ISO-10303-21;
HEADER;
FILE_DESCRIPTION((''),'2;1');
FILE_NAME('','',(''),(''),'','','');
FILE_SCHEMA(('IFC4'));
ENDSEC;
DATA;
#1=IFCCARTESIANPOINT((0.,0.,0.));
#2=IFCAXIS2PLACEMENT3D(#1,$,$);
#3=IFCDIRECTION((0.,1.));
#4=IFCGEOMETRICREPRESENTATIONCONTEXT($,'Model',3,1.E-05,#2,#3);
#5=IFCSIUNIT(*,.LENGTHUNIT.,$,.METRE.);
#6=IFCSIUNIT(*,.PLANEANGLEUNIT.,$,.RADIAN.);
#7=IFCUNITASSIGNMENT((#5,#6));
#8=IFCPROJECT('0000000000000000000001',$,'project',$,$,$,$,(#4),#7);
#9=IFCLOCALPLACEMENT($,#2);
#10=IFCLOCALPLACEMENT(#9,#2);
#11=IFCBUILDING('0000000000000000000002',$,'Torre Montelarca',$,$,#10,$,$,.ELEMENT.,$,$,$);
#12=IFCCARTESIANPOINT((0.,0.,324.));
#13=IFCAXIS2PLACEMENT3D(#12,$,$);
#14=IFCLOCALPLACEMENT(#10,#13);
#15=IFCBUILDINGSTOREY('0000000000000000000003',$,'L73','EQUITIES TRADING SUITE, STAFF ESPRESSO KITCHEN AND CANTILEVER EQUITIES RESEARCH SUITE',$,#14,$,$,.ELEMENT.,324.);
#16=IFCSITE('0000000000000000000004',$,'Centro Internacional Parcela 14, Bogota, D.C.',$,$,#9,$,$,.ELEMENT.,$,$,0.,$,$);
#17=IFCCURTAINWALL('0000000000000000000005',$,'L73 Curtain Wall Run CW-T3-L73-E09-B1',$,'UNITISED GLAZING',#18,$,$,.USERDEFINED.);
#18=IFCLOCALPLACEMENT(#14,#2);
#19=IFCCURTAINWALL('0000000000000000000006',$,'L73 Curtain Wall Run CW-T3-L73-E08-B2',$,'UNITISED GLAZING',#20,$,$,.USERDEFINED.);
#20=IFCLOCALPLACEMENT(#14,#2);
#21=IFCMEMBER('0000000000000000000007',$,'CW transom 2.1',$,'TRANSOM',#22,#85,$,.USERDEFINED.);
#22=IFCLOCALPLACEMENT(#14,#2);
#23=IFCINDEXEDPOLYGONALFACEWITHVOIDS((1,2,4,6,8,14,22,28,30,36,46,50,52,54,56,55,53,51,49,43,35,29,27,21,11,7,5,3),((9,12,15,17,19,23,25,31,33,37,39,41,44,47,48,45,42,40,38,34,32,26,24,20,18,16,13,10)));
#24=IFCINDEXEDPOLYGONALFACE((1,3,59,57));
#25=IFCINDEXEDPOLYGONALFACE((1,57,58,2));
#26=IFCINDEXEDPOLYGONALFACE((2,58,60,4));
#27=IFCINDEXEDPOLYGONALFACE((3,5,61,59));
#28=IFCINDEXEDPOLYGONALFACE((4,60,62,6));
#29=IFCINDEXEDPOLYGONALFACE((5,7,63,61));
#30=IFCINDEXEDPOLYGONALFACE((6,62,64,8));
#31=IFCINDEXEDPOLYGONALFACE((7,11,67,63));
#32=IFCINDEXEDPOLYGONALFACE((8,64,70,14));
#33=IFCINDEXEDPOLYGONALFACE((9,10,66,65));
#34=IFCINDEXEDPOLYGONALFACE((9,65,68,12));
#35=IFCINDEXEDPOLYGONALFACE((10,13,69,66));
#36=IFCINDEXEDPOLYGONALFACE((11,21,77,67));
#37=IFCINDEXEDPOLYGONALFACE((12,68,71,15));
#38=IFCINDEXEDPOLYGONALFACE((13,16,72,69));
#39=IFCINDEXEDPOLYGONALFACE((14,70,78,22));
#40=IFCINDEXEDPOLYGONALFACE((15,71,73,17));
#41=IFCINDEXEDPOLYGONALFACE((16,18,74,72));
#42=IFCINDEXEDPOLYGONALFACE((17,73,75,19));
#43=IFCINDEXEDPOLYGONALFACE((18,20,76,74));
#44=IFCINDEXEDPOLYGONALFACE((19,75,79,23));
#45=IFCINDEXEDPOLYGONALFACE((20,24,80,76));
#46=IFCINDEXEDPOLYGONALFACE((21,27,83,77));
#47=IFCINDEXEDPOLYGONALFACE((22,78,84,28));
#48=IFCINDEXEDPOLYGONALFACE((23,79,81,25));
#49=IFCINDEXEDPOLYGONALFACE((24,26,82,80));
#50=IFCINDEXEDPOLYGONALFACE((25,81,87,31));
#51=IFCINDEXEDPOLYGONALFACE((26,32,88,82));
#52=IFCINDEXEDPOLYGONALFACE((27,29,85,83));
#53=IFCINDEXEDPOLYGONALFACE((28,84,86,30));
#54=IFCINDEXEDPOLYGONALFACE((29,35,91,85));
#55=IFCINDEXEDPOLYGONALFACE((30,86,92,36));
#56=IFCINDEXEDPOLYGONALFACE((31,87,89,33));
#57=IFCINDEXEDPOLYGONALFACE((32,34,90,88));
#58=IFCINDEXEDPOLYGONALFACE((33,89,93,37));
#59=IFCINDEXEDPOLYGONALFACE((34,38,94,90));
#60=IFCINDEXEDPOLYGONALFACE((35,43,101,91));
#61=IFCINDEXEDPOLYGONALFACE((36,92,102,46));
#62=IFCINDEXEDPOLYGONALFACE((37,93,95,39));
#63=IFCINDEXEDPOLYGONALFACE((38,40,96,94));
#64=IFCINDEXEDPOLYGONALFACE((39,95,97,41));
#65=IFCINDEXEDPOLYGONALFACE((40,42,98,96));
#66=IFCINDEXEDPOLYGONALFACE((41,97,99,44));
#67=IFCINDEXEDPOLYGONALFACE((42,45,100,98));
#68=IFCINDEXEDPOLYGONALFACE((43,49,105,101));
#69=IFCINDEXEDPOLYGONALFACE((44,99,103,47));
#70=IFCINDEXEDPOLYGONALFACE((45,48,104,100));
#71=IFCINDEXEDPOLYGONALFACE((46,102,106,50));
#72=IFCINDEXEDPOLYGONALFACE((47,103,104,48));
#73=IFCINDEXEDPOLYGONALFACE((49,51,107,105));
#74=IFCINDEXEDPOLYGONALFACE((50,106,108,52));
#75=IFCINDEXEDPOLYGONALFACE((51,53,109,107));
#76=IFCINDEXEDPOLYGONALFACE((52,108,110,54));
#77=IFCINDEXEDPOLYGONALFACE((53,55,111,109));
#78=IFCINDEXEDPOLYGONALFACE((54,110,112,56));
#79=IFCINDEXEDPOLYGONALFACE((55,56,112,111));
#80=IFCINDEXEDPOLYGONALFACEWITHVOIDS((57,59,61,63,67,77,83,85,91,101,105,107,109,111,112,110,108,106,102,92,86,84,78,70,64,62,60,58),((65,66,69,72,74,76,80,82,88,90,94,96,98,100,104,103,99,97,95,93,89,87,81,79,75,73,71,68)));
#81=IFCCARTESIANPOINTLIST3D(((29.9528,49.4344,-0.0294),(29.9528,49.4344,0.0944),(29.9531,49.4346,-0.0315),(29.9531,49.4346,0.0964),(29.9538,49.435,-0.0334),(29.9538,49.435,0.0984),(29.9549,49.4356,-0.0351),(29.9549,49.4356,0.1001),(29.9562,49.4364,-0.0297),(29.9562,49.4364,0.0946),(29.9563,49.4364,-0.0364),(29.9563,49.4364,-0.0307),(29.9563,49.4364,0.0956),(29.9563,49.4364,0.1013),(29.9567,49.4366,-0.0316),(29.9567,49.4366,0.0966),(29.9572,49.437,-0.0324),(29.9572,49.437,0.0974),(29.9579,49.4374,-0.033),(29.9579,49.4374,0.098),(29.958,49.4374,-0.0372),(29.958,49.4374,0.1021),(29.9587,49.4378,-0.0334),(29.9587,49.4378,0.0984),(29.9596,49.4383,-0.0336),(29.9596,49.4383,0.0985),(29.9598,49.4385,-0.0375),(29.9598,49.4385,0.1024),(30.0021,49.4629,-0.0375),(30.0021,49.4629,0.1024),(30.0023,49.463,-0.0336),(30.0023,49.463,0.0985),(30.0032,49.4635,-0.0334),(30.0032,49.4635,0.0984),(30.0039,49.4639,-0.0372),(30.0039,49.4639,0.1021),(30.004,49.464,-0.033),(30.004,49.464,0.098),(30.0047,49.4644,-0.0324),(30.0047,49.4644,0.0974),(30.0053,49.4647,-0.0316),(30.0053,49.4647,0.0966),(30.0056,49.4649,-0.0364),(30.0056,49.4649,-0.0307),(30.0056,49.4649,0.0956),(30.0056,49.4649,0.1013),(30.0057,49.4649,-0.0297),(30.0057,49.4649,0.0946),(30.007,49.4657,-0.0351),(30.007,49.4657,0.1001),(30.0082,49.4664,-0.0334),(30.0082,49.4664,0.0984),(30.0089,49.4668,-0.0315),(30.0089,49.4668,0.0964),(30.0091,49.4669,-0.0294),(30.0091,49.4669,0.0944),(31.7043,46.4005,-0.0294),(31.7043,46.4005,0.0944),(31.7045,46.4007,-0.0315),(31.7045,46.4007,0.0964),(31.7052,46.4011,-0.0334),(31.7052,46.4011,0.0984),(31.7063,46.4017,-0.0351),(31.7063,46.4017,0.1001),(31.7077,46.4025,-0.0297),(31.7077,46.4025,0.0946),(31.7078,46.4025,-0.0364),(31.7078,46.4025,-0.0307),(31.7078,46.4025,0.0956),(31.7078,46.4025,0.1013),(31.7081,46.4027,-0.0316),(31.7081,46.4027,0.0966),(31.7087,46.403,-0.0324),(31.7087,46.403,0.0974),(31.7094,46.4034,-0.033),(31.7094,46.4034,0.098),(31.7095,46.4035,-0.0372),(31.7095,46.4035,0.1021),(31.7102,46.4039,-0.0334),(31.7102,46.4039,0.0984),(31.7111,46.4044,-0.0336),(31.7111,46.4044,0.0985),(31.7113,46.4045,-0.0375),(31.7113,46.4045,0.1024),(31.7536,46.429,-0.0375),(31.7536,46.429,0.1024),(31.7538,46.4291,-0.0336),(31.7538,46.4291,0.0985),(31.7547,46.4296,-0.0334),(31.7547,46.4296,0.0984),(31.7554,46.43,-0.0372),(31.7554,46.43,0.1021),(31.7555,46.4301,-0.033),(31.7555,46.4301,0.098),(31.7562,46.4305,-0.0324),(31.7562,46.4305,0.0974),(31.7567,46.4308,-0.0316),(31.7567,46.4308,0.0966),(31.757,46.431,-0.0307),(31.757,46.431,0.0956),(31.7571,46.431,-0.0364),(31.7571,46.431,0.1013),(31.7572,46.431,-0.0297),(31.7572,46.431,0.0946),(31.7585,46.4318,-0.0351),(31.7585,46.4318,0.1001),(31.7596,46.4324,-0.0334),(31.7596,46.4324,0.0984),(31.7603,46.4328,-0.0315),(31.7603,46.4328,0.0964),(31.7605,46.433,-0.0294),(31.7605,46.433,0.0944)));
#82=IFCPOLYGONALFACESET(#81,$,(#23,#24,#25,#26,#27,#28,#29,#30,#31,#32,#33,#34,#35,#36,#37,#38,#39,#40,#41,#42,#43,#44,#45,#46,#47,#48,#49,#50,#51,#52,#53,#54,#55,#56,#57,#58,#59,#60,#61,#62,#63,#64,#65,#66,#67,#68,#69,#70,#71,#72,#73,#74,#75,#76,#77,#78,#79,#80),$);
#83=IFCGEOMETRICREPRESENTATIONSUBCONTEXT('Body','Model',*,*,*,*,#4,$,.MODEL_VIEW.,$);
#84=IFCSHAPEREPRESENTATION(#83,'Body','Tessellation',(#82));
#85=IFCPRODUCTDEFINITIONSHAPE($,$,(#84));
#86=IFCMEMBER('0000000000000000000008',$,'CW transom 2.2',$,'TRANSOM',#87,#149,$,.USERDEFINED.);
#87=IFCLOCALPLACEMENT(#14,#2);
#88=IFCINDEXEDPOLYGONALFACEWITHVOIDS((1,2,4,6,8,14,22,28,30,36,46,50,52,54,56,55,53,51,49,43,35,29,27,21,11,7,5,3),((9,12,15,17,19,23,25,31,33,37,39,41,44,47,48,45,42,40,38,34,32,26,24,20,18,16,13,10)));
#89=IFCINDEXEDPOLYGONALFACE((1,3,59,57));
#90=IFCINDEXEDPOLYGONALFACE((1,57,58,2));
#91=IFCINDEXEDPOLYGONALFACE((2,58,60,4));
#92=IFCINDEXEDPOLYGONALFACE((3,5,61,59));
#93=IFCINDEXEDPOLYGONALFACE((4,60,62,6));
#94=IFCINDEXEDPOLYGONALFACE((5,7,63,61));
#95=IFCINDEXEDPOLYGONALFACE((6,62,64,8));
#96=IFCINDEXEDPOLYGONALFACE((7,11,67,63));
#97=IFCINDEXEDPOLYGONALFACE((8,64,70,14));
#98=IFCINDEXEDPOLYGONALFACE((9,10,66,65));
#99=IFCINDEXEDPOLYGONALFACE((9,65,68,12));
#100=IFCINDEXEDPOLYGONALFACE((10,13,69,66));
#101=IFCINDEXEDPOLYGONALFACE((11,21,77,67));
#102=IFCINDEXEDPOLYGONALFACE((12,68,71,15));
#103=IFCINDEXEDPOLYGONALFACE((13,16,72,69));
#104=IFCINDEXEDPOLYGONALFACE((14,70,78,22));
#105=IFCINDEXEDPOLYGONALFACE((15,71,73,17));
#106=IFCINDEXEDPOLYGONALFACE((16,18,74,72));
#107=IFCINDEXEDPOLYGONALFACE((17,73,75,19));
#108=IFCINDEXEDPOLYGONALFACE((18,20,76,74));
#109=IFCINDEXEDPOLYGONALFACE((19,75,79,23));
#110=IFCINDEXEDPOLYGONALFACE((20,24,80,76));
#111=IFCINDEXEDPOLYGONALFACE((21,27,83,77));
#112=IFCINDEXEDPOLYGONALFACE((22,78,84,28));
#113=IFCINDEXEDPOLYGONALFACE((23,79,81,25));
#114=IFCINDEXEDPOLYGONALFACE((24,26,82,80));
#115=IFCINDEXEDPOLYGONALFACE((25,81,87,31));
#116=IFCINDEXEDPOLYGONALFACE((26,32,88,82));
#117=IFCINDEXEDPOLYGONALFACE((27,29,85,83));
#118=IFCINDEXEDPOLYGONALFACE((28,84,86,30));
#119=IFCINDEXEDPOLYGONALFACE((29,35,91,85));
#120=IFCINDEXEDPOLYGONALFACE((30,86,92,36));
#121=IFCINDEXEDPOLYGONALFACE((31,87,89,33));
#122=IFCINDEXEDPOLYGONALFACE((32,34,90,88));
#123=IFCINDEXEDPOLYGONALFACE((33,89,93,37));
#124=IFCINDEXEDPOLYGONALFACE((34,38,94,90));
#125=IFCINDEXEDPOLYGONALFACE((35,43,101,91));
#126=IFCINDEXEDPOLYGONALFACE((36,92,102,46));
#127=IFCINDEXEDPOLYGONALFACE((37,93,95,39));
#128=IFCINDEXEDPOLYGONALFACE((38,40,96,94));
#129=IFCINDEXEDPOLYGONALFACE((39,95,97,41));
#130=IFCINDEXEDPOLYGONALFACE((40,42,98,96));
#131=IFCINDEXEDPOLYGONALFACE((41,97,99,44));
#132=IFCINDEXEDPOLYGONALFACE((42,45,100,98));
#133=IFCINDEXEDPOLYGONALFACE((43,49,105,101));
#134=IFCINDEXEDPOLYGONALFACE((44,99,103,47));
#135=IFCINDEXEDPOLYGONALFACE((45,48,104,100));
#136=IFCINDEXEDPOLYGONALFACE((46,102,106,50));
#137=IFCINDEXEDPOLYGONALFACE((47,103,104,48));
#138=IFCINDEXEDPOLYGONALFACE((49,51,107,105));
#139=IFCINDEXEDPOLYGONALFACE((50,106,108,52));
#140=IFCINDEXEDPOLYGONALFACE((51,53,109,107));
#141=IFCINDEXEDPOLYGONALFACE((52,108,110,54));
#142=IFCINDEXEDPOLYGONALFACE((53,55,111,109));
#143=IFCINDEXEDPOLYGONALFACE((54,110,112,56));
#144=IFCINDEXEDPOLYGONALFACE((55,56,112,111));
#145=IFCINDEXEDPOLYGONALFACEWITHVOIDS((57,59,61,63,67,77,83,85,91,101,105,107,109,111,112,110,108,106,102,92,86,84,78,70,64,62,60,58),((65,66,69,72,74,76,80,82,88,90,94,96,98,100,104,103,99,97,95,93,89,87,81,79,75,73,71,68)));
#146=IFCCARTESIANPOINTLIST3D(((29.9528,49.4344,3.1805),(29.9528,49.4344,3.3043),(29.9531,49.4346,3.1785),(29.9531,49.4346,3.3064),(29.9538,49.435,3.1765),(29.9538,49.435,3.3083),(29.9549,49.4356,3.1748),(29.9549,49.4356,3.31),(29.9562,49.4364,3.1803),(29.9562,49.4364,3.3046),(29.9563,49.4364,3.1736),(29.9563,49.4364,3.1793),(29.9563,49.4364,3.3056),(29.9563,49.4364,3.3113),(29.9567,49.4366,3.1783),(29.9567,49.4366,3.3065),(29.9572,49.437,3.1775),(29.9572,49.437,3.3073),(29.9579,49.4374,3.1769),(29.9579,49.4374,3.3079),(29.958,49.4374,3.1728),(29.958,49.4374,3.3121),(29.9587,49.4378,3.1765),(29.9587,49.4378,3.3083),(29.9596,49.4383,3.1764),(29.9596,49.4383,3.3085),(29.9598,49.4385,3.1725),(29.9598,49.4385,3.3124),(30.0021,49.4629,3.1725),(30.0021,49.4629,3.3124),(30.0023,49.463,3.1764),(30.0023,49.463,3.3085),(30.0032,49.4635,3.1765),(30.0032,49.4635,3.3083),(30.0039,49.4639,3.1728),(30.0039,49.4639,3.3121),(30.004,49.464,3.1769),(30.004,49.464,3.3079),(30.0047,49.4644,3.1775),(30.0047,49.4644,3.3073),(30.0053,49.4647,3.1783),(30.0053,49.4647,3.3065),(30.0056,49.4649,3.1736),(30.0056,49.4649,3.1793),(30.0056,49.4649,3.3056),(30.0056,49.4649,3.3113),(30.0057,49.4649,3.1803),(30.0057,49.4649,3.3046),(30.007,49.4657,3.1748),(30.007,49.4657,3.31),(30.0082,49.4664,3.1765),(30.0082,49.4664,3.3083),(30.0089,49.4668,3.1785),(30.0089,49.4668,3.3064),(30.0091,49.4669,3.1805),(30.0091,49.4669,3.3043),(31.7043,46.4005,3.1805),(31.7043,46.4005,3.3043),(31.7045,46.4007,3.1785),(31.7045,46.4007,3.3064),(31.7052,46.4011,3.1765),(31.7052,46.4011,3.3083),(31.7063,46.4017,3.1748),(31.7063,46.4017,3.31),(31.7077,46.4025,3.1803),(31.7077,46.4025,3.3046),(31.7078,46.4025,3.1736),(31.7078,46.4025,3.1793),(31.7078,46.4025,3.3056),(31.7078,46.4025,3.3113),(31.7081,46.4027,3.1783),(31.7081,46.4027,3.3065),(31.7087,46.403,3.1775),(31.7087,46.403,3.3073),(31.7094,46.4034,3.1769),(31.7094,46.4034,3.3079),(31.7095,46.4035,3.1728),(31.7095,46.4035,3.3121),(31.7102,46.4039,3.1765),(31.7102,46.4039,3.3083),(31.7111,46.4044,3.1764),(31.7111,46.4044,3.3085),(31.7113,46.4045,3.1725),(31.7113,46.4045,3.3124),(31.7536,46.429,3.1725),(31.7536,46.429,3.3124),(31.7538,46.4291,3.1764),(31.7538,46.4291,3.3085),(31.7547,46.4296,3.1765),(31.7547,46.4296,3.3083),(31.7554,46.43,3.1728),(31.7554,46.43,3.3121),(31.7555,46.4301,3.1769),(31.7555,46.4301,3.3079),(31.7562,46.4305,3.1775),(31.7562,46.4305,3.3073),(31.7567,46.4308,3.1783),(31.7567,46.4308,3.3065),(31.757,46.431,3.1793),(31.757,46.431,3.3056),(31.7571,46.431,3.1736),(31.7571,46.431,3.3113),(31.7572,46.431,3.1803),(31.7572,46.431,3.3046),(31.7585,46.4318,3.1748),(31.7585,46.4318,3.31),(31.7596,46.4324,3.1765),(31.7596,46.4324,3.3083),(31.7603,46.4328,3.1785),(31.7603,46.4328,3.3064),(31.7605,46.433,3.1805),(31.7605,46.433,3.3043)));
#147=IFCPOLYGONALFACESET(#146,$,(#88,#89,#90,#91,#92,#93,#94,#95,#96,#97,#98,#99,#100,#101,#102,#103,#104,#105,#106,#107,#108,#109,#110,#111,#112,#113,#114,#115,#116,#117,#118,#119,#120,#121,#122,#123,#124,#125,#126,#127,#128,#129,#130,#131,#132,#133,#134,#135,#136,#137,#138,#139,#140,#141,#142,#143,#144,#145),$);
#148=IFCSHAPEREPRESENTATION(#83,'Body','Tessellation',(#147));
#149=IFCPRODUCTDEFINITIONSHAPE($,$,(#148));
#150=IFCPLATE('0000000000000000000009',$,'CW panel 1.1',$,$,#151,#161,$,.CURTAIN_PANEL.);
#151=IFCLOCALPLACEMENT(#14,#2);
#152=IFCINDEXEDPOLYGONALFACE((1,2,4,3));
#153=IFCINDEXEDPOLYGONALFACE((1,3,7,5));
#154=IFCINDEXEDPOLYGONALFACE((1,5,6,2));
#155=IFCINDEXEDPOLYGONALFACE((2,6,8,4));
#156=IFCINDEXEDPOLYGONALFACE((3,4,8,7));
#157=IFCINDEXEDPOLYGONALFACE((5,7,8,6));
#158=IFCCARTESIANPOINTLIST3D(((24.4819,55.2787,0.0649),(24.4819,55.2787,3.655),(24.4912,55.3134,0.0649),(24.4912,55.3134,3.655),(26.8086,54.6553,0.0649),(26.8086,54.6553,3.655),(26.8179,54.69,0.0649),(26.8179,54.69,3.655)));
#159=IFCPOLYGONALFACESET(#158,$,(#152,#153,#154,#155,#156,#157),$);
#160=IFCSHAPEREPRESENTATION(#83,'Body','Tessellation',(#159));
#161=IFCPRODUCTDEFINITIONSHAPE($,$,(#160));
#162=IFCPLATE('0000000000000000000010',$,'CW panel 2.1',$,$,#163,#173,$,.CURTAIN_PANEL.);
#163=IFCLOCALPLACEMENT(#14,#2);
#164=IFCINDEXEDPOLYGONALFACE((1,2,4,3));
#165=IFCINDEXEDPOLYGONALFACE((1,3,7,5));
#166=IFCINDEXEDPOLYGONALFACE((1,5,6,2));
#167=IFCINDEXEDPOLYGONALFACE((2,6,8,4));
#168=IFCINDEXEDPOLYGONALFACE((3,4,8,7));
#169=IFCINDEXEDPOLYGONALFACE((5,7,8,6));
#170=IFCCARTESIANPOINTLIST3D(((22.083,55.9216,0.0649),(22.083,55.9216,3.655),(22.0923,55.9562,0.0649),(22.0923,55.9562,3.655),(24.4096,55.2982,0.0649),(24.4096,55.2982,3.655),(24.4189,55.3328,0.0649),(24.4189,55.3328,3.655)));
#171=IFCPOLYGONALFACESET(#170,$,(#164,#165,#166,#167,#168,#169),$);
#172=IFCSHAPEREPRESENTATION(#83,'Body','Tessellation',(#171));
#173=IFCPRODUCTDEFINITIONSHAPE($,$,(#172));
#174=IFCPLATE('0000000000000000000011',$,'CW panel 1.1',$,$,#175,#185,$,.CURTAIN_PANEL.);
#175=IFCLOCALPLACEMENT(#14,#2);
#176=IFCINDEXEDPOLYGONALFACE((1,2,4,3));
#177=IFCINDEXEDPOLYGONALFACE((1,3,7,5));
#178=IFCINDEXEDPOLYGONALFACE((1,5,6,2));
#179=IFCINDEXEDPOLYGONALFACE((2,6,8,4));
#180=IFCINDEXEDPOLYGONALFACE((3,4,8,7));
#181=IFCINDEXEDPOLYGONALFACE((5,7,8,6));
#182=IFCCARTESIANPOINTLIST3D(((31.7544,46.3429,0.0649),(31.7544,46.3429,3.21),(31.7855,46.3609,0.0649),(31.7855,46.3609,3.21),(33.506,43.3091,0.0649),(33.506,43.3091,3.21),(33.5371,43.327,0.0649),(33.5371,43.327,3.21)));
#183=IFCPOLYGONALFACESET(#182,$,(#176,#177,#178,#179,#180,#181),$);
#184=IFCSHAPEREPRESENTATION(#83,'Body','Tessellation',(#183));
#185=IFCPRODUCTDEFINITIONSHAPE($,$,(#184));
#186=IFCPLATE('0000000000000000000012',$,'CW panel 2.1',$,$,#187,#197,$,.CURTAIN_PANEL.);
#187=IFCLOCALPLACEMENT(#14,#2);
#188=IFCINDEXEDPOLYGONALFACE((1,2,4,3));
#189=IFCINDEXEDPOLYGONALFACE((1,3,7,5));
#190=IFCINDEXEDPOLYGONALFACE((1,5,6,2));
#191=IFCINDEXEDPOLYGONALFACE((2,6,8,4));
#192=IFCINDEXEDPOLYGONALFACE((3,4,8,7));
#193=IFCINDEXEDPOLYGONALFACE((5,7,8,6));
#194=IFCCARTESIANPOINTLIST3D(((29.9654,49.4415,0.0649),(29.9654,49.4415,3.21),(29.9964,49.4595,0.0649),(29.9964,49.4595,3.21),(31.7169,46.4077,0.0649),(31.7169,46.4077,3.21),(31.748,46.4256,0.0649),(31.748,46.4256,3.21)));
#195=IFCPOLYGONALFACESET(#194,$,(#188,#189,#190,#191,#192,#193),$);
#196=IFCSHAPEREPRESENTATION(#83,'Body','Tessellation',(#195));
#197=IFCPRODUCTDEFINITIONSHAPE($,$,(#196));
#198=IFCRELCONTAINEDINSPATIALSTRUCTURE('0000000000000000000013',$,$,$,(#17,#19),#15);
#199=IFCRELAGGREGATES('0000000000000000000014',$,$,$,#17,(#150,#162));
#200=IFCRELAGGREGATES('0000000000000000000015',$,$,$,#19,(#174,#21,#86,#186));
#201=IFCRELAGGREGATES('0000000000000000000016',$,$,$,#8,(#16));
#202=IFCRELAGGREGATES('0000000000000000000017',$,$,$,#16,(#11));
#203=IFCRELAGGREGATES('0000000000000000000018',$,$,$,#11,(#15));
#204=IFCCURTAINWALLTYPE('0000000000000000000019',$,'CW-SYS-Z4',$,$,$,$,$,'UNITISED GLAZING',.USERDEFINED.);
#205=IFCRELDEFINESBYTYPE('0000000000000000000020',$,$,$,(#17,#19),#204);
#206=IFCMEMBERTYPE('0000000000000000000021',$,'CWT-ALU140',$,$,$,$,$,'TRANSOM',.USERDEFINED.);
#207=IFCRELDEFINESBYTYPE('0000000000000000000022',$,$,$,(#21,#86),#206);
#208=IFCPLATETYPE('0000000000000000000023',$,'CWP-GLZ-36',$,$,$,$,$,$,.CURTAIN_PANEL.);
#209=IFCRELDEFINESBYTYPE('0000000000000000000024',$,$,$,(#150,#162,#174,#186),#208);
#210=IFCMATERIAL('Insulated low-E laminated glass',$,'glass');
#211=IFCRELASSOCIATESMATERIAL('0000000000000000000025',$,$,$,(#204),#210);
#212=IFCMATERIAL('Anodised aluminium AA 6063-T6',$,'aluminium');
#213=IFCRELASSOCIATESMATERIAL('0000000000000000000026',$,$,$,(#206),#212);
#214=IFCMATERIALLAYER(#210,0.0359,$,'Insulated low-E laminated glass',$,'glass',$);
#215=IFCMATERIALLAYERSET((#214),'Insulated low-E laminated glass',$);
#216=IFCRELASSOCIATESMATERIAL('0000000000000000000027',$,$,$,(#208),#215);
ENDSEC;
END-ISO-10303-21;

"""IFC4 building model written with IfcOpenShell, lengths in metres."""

from ifc_helpers import new_model, si_unit, direction, frame, origin, origin_2d, place, context, subcontext, project, spatial, rectangle, hollow_rectangle, extrude, source, transform, mapped, material, layer, layer_set, material_profile, profile_set, type_object, element, aggregate, save


model = new_model("IFC4")

# Units and contexts
model_context = context("Model", 3, precision=1e-05, world=origin(), true_north=direction((0.0, 1.0)))
body_context = subcontext(model_context, "Body", "Model", "MODEL_VIEW")
ifc_project = project(units=[si_unit("LENGTHUNIT", "METRE"), si_unit("PLANEANGLEUNIT", "RADIAN")], contexts=[model_context])

# Site, building, storey
site_placement = place(None, origin())
site = spatial("IfcSite", under=ifc_project, at=site_placement, Name="Centro Internacional Parcela 14, Bogota, D.C.", CompositionType="ELEMENT", RefElevation=0.0)
building_placement = place(site_placement, origin())
building = spatial("IfcBuilding", under=site, at=building_placement, Name="Torre Montelarca", CompositionType="ELEMENT")
storey_placement = place(building_placement, frame((0.0, 0.0, 324.0)))
storey = spatial("IfcBuildingStorey", under=building, at=storey_placement, Name="L73", Description="EQUITIES TRADING SUITE, STAFF ESPRESSO KITCHEN AND CANTILEVER EQUITIES RESEARCH SUITE", CompositionType="ELEMENT", Elevation=324.0)

# Curtain wall
ifc_material_1 = material(Name="Insulated low-E laminated glass", Category="glass")
curtain_wall_type = type_object("IfcCurtainWallType", Name="CW-SYS-Z4", ElementType="UNITISED GLAZING", PredefinedType="USERDEFINED", material=ifc_material_1)
curtain_wall_1_placement = place(storey_placement, origin())
curtain_wall_1 = element("IfcCurtainWall", 1, at=curtain_wall_1_placement, inside=storey, type_object=curtain_wall_type, Name="L73 Curtain Wall Run CW-T3-L73-E09-B1", ObjectType="UNITISED GLAZING", PredefinedType="USERDEFINED")
ifc_material_2 = material(Name="Anodised aluminium AA 6063-T6", Category="aluminium")

# Shared definitions
ifc_material_profile_1 = material_profile(ifc_material_2, hollow_rectangle(XDim=0.0649, YDim=0.1399, WallThickness=0.0039, InnerFilletRadius=0.0039, OuterFilletRadius=0.0081, at=origin_2d()), Name="ALU65X140X4", Category="aluminium")
ifc_profile_set_1 = profile_set([ifc_material_profile_1], Name="Anodised aluminium AA 6063-T6")
member_type_1 = type_object("IfcMemberType", Name="CWT-ALU140", ElementType="TRANSOM", PredefinedType="USERDEFINED", material=ifc_profile_set_1)

# Curtain wall, members
curtain_wall_2_placement = place(storey_placement, origin())
curtain_wall_2 = element("IfcCurtainWall", 2, at=curtain_wall_2_placement, inside=storey, type_object=curtain_wall_type, Name="L73 Curtain Wall Run CW-T3-L73-E08-B2", ObjectType="UNITISED GLAZING", PredefinedType="USERDEFINED")
shared_shape_1 = source(origin(), body_context, "Body", "SweptSolid", [
    extrude(hollow_rectangle(XDim=0.0649, YDim=0.1399, WallThickness=0.0039, InnerFilletRadius=0.0039, OuterFilletRadius=0.0081, at=origin_2d()), origin(), (0.0, 0.0, 1.0), 3.5032),
])
member_1_placement = place(storey_placement, frame((31.7324, 46.4167, 0.0325), z_axis=(-0.499962, 0.866047, 0.0), x_axis=(-0.866047, -0.499962, 0.0)))
member_1 = element("IfcMember", 3, at=member_1_placement, type_object=member_type_1, Name="CW transom 2.1", ObjectType="TRANSOM", PredefinedType="USERDEFINED", context=body_context, shape_type="MappedRepresentation", body=[
    mapped(shared_shape_1, transform((0.0, 0.0, 0.0), scale=1.0)),
])
member_2_placement = place(storey_placement, frame((31.7324, 46.4167, 3.2424), z_axis=(-0.499962, 0.866047, 0.0), x_axis=(-0.866047, -0.499962, 0.0)))
member_2 = element("IfcMember", 4, at=member_2_placement, type_object=member_type_1, Name="CW transom 2.2", ObjectType="TRANSOM", PredefinedType="USERDEFINED", context=body_context, shape_type="MappedRepresentation", body=[
    mapped(shared_shape_1, transform((0.0, 0.0, 0.0), scale=1.0)),
])

# Plates
ifc_layer_1 = layer(ifc_material_1, 0.0359, Name="Insulated low-E laminated glass", Category="glass")
ifc_layer_set_1 = layer_set([ifc_layer_1], Name="Insulated low-E laminated glass")
plate_type = type_object("IfcPlateType", Name="CWP-GLZ-36", PredefinedType="CURTAIN_PANEL", material=ifc_layer_set_1)
shared_shape_2 = source(origin(), body_context, "Body", "SweptSolid", [
    extrude(rectangle(XDim=2.4087, YDim=0.0359, at=origin_2d()), origin(), (0.0, 0.0, 1.0), 3.5901),
])
plate_1_placement = place(storey_placement, frame((25.6499, 54.9844, 0.0649), z_axis=(0.0, 0.0, 1.0), x_axis=(-0.965927, 0.258815, 0.0)))
plate_1 = element("IfcPlate", 5, at=plate_1_placement, type_object=plate_type, Name="CW panel 1.1", PredefinedType="CURTAIN_PANEL", context=body_context, shape_type="MappedRepresentation", body=[
    mapped(shared_shape_2, transform((0.0, 0.0, 0.0), scale=1.0)),
])
plate_2_placement = place(storey_placement, frame((23.251, 55.6272, 0.0649), z_axis=(0.0, 0.0, 1.0), x_axis=(-0.965927, 0.258815, 0.0)))
plate_2 = element("IfcPlate", 6, at=plate_2_placement, type_object=plate_type, Name="CW panel 2.1", PredefinedType="CURTAIN_PANEL", context=body_context, shape_type="MappedRepresentation", body=[
    mapped(shared_shape_2, transform((0.0, 0.0, 0.0), scale=1.0)),
])
aggregate(curtain_wall_1, [plate_1, plate_2])
shared_shape_3 = source(origin(), body_context, "Body", "SweptSolid", [
    extrude(rectangle(XDim=3.5032, YDim=0.0359, at=origin_2d()), origin(), (0.0, 0.0, 1.0), 3.145),
])
plate_3_placement = place(storey_placement, frame((32.6458, 44.835, 0.0649), z_axis=(0.0, 0.0, 1.0), x_axis=(-0.499999, 0.866026, 0.0)))
plate_3 = element("IfcPlate", 7, at=plate_3_placement, type_object=plate_type, Name="CW panel 1.1", PredefinedType="CURTAIN_PANEL", context=body_context, shape_type="MappedRepresentation", body=[
    mapped(shared_shape_3, transform((0.0, 0.0, 0.0), scale=1.0)),
])
plate_4_placement = place(storey_placement, frame((30.8567, 47.9336, 0.0649), z_axis=(0.0, 0.0, 1.0), x_axis=(-0.499999, 0.866026, 0.0)))
plate_4 = element("IfcPlate", 8, at=plate_4_placement, type_object=plate_type, Name="CW panel 2.1", PredefinedType="CURTAIN_PANEL", context=body_context, shape_type="MappedRepresentation", body=[
    mapped(shared_shape_3, transform((0.0, 0.0, 0.0), scale=1.0)),
])
aggregate(curtain_wall_2, [plate_3, member_1, member_2, plate_4])

save(model, "model.ifc")
